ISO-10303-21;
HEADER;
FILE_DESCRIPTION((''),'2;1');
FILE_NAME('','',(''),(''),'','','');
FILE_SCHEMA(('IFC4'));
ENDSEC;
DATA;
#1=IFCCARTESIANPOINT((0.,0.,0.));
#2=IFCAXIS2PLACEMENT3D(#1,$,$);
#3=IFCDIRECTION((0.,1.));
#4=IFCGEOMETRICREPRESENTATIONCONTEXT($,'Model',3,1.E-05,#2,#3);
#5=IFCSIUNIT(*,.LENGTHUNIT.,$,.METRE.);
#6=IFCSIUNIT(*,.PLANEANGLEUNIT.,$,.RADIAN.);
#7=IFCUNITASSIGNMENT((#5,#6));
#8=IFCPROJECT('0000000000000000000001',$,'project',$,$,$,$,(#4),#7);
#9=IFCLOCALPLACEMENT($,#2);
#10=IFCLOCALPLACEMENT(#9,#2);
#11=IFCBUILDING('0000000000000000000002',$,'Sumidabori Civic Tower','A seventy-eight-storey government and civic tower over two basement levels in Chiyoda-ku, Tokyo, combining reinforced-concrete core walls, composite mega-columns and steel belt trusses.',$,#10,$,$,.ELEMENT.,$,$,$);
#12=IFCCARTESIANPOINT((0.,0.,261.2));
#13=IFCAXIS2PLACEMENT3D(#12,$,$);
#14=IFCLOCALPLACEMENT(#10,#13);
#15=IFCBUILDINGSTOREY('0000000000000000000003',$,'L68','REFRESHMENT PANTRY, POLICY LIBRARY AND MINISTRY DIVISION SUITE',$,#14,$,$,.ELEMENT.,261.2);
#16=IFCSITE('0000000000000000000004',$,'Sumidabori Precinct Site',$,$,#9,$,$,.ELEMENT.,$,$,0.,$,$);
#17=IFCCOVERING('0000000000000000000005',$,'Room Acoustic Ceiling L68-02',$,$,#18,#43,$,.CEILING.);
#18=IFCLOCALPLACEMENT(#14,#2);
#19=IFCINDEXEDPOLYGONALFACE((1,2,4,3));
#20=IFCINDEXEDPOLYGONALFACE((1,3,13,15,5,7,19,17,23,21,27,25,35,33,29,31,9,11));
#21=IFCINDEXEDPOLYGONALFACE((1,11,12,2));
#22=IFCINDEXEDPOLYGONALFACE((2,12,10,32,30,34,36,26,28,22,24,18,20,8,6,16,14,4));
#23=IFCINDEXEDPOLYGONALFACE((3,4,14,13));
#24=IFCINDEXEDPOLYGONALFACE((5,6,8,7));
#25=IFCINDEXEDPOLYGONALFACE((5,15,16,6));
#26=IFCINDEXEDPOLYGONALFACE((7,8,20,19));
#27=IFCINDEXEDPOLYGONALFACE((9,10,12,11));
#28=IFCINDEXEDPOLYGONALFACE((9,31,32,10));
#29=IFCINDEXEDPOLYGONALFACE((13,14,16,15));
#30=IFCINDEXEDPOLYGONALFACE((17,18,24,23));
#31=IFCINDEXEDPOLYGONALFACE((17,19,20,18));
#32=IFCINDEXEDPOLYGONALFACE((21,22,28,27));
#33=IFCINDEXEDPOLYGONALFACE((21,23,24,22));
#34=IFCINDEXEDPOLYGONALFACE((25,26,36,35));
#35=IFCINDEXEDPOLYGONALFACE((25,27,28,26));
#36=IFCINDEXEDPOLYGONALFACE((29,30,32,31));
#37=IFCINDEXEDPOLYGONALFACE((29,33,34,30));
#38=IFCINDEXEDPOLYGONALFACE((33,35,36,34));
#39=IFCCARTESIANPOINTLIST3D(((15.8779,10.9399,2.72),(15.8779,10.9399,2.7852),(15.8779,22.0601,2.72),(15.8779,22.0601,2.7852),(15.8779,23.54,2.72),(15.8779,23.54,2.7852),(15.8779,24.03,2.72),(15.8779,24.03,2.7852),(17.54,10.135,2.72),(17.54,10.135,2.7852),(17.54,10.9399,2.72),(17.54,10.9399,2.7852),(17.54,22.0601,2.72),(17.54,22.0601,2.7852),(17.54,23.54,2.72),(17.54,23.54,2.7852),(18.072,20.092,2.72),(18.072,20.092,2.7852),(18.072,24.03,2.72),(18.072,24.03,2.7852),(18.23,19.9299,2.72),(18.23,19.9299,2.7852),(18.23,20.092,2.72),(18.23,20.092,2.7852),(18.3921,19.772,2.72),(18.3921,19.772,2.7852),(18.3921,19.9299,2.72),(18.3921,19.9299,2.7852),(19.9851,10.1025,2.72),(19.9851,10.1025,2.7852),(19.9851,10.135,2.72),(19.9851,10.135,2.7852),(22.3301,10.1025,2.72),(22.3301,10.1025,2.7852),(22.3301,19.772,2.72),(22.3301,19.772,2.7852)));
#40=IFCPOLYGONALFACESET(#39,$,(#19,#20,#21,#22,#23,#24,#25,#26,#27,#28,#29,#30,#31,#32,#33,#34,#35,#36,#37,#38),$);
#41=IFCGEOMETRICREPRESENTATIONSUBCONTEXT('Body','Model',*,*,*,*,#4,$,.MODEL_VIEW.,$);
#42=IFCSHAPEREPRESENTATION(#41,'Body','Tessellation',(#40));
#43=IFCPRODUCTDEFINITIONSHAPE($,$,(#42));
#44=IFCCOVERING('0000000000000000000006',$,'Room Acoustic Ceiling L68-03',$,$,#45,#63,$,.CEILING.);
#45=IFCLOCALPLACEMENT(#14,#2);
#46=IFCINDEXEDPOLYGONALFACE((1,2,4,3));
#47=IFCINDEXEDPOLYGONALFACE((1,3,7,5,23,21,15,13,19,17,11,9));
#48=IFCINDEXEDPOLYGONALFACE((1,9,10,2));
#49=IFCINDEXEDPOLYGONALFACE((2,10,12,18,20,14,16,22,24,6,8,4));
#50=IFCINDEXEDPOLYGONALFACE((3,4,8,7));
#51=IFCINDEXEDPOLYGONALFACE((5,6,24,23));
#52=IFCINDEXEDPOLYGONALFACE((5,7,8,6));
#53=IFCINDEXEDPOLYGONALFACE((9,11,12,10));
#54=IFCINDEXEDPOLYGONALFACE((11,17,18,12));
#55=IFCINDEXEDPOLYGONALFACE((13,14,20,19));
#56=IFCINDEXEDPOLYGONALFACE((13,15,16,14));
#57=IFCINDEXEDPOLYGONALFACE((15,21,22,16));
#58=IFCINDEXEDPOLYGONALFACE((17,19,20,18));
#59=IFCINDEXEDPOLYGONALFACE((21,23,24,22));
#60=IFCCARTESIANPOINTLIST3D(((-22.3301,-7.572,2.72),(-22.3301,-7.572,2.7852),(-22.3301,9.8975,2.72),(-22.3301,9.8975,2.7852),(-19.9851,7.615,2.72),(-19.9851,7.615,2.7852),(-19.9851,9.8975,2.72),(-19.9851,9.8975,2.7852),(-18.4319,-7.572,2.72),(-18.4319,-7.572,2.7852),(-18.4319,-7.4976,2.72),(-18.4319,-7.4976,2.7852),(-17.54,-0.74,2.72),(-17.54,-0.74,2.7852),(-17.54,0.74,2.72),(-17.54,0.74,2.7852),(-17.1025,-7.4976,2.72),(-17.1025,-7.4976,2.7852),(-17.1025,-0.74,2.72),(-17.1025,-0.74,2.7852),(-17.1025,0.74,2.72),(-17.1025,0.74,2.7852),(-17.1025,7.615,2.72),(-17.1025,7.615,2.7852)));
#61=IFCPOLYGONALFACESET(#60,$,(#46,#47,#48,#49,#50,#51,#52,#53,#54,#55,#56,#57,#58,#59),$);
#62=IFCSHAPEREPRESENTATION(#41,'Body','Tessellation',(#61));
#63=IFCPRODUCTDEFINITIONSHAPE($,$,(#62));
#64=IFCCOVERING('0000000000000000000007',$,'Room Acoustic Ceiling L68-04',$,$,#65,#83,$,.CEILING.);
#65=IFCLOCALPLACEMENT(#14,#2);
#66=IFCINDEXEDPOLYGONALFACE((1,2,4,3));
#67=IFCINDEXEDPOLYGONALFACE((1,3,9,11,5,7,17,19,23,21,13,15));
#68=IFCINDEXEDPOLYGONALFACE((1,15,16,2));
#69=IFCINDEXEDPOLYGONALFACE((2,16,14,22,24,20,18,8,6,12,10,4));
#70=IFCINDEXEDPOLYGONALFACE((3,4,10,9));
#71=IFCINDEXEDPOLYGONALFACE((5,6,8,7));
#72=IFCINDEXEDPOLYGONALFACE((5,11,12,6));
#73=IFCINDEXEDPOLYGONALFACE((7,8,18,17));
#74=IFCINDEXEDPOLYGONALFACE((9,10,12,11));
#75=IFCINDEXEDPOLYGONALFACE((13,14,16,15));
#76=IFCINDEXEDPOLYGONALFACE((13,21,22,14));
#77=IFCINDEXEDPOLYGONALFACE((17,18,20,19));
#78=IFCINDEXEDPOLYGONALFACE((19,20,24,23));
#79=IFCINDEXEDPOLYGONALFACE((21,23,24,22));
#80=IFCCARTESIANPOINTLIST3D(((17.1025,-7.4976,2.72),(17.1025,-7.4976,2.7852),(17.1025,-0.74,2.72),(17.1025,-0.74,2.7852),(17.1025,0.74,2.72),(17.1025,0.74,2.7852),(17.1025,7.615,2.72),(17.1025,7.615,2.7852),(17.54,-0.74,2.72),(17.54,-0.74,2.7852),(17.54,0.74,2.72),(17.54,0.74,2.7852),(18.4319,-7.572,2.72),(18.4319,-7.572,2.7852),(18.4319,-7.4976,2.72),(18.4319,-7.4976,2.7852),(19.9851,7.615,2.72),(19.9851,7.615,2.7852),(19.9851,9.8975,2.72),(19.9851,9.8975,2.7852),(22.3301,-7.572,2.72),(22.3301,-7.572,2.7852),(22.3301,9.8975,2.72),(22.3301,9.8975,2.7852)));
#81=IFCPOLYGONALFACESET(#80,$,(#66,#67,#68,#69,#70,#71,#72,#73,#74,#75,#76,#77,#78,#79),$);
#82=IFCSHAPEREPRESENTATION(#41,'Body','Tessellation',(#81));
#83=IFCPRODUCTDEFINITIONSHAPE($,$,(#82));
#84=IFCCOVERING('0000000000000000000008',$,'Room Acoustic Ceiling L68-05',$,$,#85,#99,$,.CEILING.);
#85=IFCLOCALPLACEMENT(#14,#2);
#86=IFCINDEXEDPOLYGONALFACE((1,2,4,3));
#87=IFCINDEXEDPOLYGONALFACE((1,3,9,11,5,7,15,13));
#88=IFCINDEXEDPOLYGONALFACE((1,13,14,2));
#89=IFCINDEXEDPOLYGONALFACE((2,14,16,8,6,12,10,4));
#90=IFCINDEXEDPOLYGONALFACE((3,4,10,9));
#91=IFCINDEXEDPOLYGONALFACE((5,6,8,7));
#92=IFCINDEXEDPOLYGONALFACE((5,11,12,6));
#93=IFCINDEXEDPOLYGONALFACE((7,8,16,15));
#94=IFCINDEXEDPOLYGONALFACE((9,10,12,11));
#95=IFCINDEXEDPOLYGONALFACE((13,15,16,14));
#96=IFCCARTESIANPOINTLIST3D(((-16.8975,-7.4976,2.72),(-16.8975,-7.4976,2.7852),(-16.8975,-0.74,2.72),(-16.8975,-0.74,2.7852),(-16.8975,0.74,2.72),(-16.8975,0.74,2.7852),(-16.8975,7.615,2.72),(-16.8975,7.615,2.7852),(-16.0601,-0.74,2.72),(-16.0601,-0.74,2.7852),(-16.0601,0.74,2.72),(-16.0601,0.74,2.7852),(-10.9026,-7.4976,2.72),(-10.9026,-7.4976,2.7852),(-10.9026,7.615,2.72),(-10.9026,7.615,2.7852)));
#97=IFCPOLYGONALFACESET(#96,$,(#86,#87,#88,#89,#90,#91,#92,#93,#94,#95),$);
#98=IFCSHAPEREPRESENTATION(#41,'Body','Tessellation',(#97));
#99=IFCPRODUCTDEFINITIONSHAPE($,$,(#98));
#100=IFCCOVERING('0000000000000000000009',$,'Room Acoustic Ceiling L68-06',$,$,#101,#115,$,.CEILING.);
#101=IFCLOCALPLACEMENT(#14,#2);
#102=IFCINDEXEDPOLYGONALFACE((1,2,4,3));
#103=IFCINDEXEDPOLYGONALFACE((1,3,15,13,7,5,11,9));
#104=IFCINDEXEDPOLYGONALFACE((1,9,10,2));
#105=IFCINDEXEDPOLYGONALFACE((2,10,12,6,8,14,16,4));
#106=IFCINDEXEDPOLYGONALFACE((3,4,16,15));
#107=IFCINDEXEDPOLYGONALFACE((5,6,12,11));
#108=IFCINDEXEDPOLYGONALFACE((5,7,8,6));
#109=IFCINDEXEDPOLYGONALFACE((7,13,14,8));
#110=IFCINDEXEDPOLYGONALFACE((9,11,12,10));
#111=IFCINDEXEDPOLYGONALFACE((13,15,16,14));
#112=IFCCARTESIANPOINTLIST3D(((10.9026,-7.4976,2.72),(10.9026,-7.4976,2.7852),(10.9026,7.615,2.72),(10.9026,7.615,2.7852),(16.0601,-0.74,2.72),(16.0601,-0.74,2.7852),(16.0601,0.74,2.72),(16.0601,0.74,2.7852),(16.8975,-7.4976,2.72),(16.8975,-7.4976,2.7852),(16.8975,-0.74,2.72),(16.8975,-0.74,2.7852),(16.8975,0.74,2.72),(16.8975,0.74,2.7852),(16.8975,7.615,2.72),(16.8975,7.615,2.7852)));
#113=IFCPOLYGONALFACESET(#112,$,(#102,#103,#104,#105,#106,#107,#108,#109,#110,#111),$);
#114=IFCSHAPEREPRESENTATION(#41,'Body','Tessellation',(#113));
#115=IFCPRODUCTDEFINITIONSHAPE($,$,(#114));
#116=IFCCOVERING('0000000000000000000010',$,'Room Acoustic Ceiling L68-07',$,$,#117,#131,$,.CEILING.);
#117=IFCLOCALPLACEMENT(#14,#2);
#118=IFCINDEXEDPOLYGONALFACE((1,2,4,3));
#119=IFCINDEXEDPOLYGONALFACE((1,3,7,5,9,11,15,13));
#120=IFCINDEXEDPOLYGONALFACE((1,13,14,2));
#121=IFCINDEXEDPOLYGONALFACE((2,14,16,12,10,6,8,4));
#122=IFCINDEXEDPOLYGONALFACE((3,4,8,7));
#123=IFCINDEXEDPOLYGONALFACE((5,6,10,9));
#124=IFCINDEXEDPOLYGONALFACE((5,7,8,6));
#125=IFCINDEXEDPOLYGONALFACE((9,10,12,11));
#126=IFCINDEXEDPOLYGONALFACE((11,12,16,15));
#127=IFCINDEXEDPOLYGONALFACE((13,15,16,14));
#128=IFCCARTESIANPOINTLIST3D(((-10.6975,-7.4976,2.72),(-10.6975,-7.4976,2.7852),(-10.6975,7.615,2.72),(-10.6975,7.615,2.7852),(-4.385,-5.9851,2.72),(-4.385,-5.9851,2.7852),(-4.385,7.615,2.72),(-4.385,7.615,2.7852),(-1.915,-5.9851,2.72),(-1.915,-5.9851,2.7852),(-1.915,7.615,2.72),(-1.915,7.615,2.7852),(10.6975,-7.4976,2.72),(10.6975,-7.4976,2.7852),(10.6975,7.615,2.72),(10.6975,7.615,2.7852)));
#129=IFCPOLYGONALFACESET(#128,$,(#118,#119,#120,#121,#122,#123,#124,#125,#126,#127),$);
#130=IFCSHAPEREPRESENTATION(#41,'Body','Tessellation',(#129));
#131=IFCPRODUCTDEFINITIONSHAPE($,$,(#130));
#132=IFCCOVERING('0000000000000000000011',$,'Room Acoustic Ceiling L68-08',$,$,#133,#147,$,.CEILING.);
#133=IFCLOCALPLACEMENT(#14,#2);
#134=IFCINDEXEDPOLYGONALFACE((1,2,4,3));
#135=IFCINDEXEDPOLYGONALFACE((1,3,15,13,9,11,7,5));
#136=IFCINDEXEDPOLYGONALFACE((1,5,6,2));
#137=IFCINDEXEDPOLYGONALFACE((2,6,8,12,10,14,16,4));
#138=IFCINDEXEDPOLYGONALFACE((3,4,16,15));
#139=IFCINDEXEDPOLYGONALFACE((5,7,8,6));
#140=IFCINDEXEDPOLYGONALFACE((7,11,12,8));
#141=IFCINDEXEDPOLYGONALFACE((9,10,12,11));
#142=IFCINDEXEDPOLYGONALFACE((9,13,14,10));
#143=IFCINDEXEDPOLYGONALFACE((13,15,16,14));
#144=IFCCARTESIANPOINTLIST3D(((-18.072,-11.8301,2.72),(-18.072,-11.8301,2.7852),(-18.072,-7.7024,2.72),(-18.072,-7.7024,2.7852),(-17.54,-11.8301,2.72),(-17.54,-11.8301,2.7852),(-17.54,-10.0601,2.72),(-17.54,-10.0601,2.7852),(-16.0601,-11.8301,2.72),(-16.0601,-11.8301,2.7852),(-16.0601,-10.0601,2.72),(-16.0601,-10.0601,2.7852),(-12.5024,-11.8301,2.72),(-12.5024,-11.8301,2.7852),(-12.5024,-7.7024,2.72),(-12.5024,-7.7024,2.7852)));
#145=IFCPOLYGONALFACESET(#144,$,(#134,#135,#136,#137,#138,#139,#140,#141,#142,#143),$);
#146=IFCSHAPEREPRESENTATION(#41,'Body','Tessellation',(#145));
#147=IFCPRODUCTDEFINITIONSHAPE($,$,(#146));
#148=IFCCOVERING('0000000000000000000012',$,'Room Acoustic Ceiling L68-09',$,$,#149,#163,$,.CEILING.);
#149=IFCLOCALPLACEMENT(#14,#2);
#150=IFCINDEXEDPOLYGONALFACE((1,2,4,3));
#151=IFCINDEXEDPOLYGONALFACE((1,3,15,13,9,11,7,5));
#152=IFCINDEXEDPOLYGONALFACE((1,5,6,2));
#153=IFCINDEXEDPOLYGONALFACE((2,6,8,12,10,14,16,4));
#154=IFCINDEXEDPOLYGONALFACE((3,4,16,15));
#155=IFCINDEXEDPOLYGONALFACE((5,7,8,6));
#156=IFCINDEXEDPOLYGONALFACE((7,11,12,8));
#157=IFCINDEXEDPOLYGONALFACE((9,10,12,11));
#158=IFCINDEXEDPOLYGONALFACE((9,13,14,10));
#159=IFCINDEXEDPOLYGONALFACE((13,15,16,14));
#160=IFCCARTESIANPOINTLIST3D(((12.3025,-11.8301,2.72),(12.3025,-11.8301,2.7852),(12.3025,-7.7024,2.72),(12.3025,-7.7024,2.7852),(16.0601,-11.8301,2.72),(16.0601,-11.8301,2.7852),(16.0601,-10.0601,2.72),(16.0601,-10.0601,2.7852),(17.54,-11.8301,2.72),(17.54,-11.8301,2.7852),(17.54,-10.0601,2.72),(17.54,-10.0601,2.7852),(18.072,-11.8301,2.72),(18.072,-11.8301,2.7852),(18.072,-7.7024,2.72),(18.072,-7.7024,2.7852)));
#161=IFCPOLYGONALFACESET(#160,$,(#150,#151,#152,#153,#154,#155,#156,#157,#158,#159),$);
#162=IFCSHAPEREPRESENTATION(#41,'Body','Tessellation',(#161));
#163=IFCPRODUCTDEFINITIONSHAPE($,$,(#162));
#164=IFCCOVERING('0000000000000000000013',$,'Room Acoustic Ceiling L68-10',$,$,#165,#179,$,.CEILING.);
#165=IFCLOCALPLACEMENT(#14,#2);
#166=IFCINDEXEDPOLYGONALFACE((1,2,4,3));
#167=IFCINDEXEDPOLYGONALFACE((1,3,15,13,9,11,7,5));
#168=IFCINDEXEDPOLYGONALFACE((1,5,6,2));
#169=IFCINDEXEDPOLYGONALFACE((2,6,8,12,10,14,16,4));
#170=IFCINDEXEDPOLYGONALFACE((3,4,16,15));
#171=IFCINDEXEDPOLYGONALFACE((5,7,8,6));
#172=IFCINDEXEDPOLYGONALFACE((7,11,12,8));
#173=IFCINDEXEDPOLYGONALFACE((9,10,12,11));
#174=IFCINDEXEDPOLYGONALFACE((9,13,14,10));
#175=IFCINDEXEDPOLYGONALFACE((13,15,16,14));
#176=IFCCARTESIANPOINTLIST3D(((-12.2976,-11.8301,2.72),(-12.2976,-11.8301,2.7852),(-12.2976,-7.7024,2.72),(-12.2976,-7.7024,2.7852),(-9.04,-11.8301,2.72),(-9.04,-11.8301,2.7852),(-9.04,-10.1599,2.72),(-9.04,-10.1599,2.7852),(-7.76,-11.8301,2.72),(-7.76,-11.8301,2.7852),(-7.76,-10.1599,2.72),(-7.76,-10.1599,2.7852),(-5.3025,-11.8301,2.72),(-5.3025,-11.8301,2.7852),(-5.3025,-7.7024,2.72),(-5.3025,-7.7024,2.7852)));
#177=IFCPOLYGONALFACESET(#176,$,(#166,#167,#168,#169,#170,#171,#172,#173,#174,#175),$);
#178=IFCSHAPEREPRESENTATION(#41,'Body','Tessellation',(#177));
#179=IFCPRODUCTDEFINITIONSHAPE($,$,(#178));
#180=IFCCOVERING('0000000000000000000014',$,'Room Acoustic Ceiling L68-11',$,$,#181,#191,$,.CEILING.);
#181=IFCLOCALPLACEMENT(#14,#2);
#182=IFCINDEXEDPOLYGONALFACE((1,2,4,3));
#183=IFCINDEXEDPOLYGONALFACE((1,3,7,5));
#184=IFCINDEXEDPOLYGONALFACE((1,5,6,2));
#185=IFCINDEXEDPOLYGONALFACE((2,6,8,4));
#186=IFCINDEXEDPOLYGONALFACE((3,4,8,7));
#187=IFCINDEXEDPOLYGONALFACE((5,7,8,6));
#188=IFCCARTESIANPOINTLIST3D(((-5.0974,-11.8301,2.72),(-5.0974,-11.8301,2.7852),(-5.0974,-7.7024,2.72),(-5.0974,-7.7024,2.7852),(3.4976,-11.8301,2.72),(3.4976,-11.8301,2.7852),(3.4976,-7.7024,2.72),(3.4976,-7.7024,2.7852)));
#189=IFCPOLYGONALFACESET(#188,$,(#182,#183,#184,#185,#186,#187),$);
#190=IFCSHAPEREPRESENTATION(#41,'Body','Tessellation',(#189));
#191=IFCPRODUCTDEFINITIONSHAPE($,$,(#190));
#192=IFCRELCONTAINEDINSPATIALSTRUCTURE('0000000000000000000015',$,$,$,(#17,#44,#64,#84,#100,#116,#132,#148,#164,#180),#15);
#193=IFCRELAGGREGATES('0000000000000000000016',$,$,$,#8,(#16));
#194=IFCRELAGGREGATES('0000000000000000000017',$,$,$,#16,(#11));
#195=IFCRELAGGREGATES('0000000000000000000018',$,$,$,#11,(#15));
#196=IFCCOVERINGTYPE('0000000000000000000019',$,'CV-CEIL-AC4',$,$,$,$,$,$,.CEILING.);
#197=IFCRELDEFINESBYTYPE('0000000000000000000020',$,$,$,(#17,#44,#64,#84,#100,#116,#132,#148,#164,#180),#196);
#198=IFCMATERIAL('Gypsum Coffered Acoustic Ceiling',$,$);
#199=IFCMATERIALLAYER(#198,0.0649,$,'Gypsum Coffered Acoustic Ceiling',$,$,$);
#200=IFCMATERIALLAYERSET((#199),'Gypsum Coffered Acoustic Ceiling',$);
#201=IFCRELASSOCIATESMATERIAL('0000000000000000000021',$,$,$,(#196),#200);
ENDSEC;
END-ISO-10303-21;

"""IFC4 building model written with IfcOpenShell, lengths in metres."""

from ifc_helpers import new_model, si_unit, direction, frame, origin, place, context, subcontext, project, spatial, polyline, outline, extrude, material, layer, layer_set, type_object, element, save


model = new_model("IFC4")

# Units and contexts
model_context = context("Model", 3, precision=1e-05, world=origin(), true_north=direction((0.0, 1.0)))
body_context = subcontext(model_context, "Body", "Model", "MODEL_VIEW")
ifc_project = project(units=[si_unit("LENGTHUNIT", "METRE"), si_unit("PLANEANGLEUNIT", "RADIAN")], contexts=[model_context])

# Site, building, storey
site_placement = place(None, origin())
site = spatial("IfcSite", under=ifc_project, at=site_placement, Name="Sumidabori Precinct Site", CompositionType="ELEMENT", RefElevation=0.0)
building_placement = place(site_placement, origin())
building = spatial("IfcBuilding", under=site, at=building_placement, Name="Sumidabori Civic Tower", Description="A seventy-eight-storey government and civic tower over two basement levels in Chiyoda-ku, Tokyo, combining reinforced-concrete core walls, composite mega-columns and steel belt trusses.", CompositionType="ELEMENT")
storey_placement = place(building_placement, frame((0.0, 0.0, 261.2)))
storey = spatial("IfcBuildingStorey", under=building, at=storey_placement, Name="L68", Description="REFRESHMENT PANTRY, POLICY LIBRARY AND MINISTRY DIVISION SUITE", CompositionType="ELEMENT", Elevation=261.2)

# Coverings
ifc_material_1 = material(Name="Gypsum Coffered Acoustic Ceiling")
ifc_layer_1 = layer(ifc_material_1, 0.0649, Name="Gypsum Coffered Acoustic Ceiling")
ifc_layer_set_1 = layer_set([ifc_layer_1], Name="Gypsum Coffered Acoustic Ceiling")
covering_type_1 = type_object("IfcCoveringType", Name="CV-CEIL-AC4", PredefinedType="CEILING", material=ifc_layer_set_1)
covering_1_placement = place(storey_placement, frame((0.0, 0.0, 2.72)))
element("IfcCovering", 1, at=covering_1_placement, inside=storey, type_object=covering_type_1, Name="Room Acoustic Ceiling L68-02", PredefinedType="CEILING", context=body_context, shape_type="SweptSolid", body=[
    extrude(outline(polyline([(17.54, 22.0601), (17.54, 23.54), (15.8779, 23.54), (15.8779, 24.03), (18.072, 24.03), (18.072, 20.092), (18.23, 20.092), (18.23, 19.9299), (18.3921, 19.9299), (18.3921, 19.772), (22.3301, 19.772), (22.3301, 10.1025), (19.9851, 10.1025), (19.9851, 10.135), (17.54, 10.135), (17.54, 10.9399), (15.8779, 10.9399), (15.8779, 22.0601), (17.54, 22.0601)])), origin(), (0.0, 0.0, 1.0), 0.0652),
])
covering_2_placement = place(storey_placement, frame((0.0, 0.0, 2.72)))
element("IfcCovering", 2, at=covering_2_placement, inside=storey, type_object=covering_type_1, Name="Room Acoustic Ceiling L68-03", PredefinedType="CEILING", context=body_context, shape_type="SweptSolid", body=[
    extrude(outline(polyline([(-19.9851, 7.615), (-17.1025, 7.615), (-17.1025, 0.74), (-17.54, 0.74), (-17.54, -0.74), (-17.1025, -0.74), (-17.1025, -7.4976), (-18.4319, -7.4976), (-18.4319, -7.572), (-22.3301, -7.572), (-22.3301, 9.8975), (-19.9851, 9.8975), (-19.9851, 7.615)])), origin(), (0.0, 0.0, 1.0), 0.0652),
])
covering_3_placement = place(storey_placement, frame((0.0, 0.0, 2.72)))
element("IfcCovering", 3, at=covering_3_placement, inside=storey, type_object=covering_type_1, Name="Room Acoustic Ceiling L68-04", PredefinedType="CEILING", context=body_context, shape_type="SweptSolid", body=[
    extrude(outline(polyline([(17.1025, -0.74), (17.54, -0.74), (17.54, 0.74), (17.1025, 0.74), (17.1025, 7.615), (19.9851, 7.615), (19.9851, 9.8975), (22.3301, 9.8975), (22.3301, -7.572), (18.4319, -7.572), (18.4319, -7.4976), (17.1025, -7.4976), (17.1025, -0.74)])), origin(), (0.0, 0.0, 1.0), 0.0652),
])
covering_4_placement = place(storey_placement, frame((0.0, 0.0, 2.72)))
element("IfcCovering", 4, at=covering_4_placement, inside=storey, type_object=covering_type_1, Name="Room Acoustic Ceiling L68-05", PredefinedType="CEILING", context=body_context, shape_type="SweptSolid", body=[
    extrude(outline(polyline([(-16.8975, -0.74), (-16.0601, -0.74), (-16.0601, 0.74), (-16.8975, 0.74), (-16.8975, 7.615), (-10.9026, 7.615), (-10.9026, -7.4976), (-16.8975, -7.4976), (-16.8975, -0.74)])), origin(), (0.0, 0.0, 1.0), 0.0652),
])
covering_5_placement = place(storey_placement, frame((0.0, 0.0, 2.72)))
element("IfcCovering", 5, at=covering_5_placement, inside=storey, type_object=covering_type_1, Name="Room Acoustic Ceiling L68-06", PredefinedType="CEILING", context=body_context, shape_type="SweptSolid", body=[
    extrude(outline(polyline([(10.9026, 7.615), (16.8975, 7.615), (16.8975, 0.74), (16.0601, 0.74), (16.0601, -0.74), (16.8975, -0.74), (16.8975, -7.4976), (10.9026, -7.4976), (10.9026, 7.615)])), origin(), (0.0, 0.0, 1.0), 0.0652),
])
covering_6_placement = place(storey_placement, frame((0.0, 0.0, 2.72)))
element("IfcCovering", 6, at=covering_6_placement, inside=storey, type_object=covering_type_1, Name="Room Acoustic Ceiling L68-07", PredefinedType="CEILING", context=body_context, shape_type="SweptSolid", body=[
    extrude(outline(polyline([(-10.6975, 7.615), (-4.385, 7.615), (-4.385, -5.9851), (-1.915, -5.9851), (-1.915, 7.615), (10.6975, 7.615), (10.6975, -7.4976), (-10.6975, -7.4976), (-10.6975, 7.615)])), origin(), (0.0, 0.0, 1.0), 0.0652),
])
covering_7_placement = place(storey_placement, frame((0.0, 0.0, 2.72)))
element("IfcCovering", 7, at=covering_7_placement, inside=storey, type_object=covering_type_1, Name="Room Acoustic Ceiling L68-08", PredefinedType="CEILING", context=body_context, shape_type="SweptSolid", body=[
    extrude(outline(polyline([(-12.5024, -11.8301), (-16.0601, -11.8301), (-16.0601, -10.0601), (-17.54, -10.0601), (-17.54, -11.8301), (-18.072, -11.8301), (-18.072, -7.7024), (-12.5024, -7.7024), (-12.5024, -11.8301)])), origin(), (0.0, 0.0, 1.0), 0.0652),
])
covering_8_placement = place(storey_placement, frame((0.0, 0.0, 2.72)))
element("IfcCovering", 8, at=covering_8_placement, inside=storey, type_object=covering_type_1, Name="Room Acoustic Ceiling L68-09", PredefinedType="CEILING", context=body_context, shape_type="SweptSolid", body=[
    extrude(outline(polyline([(18.072, -11.8301), (17.54, -11.8301), (17.54, -10.0601), (16.0601, -10.0601), (16.0601, -11.8301), (12.3025, -11.8301), (12.3025, -7.7024), (18.072, -7.7024), (18.072, -11.8301)])), origin(), (0.0, 0.0, 1.0), 0.0652),
])
covering_9_placement = place(storey_placement, frame((0.0, 0.0, 2.72)))
element("IfcCovering", 9, at=covering_9_placement, inside=storey, type_object=covering_type_1, Name="Room Acoustic Ceiling L68-10", PredefinedType="CEILING", context=body_context, shape_type="SweptSolid", body=[
    extrude(outline(polyline([(-5.3025, -11.8301), (-7.76, -11.8301), (-7.76, -10.1599), (-9.04, -10.1599), (-9.04, -11.8301), (-12.2976, -11.8301), (-12.2976, -7.7024), (-5.3025, -7.7024), (-5.3025, -11.8301)])), origin(), (0.0, 0.0, 1.0), 0.0652),
])
covering_10_placement = place(storey_placement, frame((0.0, 0.0, 2.72)))
element("IfcCovering", 10, at=covering_10_placement, inside=storey, type_object=covering_type_1, Name="Room Acoustic Ceiling L68-11", PredefinedType="CEILING", context=body_context, shape_type="SweptSolid", body=[
    extrude(outline(polyline([(3.4976, -11.8301), (-5.0974, -11.8301), (-5.0974, -7.7024), (3.4976, -7.7024), (3.4976, -11.8301)])), origin(), (0.0, 0.0, 1.0), 0.0652),
])

save(model, "model.ifc")
